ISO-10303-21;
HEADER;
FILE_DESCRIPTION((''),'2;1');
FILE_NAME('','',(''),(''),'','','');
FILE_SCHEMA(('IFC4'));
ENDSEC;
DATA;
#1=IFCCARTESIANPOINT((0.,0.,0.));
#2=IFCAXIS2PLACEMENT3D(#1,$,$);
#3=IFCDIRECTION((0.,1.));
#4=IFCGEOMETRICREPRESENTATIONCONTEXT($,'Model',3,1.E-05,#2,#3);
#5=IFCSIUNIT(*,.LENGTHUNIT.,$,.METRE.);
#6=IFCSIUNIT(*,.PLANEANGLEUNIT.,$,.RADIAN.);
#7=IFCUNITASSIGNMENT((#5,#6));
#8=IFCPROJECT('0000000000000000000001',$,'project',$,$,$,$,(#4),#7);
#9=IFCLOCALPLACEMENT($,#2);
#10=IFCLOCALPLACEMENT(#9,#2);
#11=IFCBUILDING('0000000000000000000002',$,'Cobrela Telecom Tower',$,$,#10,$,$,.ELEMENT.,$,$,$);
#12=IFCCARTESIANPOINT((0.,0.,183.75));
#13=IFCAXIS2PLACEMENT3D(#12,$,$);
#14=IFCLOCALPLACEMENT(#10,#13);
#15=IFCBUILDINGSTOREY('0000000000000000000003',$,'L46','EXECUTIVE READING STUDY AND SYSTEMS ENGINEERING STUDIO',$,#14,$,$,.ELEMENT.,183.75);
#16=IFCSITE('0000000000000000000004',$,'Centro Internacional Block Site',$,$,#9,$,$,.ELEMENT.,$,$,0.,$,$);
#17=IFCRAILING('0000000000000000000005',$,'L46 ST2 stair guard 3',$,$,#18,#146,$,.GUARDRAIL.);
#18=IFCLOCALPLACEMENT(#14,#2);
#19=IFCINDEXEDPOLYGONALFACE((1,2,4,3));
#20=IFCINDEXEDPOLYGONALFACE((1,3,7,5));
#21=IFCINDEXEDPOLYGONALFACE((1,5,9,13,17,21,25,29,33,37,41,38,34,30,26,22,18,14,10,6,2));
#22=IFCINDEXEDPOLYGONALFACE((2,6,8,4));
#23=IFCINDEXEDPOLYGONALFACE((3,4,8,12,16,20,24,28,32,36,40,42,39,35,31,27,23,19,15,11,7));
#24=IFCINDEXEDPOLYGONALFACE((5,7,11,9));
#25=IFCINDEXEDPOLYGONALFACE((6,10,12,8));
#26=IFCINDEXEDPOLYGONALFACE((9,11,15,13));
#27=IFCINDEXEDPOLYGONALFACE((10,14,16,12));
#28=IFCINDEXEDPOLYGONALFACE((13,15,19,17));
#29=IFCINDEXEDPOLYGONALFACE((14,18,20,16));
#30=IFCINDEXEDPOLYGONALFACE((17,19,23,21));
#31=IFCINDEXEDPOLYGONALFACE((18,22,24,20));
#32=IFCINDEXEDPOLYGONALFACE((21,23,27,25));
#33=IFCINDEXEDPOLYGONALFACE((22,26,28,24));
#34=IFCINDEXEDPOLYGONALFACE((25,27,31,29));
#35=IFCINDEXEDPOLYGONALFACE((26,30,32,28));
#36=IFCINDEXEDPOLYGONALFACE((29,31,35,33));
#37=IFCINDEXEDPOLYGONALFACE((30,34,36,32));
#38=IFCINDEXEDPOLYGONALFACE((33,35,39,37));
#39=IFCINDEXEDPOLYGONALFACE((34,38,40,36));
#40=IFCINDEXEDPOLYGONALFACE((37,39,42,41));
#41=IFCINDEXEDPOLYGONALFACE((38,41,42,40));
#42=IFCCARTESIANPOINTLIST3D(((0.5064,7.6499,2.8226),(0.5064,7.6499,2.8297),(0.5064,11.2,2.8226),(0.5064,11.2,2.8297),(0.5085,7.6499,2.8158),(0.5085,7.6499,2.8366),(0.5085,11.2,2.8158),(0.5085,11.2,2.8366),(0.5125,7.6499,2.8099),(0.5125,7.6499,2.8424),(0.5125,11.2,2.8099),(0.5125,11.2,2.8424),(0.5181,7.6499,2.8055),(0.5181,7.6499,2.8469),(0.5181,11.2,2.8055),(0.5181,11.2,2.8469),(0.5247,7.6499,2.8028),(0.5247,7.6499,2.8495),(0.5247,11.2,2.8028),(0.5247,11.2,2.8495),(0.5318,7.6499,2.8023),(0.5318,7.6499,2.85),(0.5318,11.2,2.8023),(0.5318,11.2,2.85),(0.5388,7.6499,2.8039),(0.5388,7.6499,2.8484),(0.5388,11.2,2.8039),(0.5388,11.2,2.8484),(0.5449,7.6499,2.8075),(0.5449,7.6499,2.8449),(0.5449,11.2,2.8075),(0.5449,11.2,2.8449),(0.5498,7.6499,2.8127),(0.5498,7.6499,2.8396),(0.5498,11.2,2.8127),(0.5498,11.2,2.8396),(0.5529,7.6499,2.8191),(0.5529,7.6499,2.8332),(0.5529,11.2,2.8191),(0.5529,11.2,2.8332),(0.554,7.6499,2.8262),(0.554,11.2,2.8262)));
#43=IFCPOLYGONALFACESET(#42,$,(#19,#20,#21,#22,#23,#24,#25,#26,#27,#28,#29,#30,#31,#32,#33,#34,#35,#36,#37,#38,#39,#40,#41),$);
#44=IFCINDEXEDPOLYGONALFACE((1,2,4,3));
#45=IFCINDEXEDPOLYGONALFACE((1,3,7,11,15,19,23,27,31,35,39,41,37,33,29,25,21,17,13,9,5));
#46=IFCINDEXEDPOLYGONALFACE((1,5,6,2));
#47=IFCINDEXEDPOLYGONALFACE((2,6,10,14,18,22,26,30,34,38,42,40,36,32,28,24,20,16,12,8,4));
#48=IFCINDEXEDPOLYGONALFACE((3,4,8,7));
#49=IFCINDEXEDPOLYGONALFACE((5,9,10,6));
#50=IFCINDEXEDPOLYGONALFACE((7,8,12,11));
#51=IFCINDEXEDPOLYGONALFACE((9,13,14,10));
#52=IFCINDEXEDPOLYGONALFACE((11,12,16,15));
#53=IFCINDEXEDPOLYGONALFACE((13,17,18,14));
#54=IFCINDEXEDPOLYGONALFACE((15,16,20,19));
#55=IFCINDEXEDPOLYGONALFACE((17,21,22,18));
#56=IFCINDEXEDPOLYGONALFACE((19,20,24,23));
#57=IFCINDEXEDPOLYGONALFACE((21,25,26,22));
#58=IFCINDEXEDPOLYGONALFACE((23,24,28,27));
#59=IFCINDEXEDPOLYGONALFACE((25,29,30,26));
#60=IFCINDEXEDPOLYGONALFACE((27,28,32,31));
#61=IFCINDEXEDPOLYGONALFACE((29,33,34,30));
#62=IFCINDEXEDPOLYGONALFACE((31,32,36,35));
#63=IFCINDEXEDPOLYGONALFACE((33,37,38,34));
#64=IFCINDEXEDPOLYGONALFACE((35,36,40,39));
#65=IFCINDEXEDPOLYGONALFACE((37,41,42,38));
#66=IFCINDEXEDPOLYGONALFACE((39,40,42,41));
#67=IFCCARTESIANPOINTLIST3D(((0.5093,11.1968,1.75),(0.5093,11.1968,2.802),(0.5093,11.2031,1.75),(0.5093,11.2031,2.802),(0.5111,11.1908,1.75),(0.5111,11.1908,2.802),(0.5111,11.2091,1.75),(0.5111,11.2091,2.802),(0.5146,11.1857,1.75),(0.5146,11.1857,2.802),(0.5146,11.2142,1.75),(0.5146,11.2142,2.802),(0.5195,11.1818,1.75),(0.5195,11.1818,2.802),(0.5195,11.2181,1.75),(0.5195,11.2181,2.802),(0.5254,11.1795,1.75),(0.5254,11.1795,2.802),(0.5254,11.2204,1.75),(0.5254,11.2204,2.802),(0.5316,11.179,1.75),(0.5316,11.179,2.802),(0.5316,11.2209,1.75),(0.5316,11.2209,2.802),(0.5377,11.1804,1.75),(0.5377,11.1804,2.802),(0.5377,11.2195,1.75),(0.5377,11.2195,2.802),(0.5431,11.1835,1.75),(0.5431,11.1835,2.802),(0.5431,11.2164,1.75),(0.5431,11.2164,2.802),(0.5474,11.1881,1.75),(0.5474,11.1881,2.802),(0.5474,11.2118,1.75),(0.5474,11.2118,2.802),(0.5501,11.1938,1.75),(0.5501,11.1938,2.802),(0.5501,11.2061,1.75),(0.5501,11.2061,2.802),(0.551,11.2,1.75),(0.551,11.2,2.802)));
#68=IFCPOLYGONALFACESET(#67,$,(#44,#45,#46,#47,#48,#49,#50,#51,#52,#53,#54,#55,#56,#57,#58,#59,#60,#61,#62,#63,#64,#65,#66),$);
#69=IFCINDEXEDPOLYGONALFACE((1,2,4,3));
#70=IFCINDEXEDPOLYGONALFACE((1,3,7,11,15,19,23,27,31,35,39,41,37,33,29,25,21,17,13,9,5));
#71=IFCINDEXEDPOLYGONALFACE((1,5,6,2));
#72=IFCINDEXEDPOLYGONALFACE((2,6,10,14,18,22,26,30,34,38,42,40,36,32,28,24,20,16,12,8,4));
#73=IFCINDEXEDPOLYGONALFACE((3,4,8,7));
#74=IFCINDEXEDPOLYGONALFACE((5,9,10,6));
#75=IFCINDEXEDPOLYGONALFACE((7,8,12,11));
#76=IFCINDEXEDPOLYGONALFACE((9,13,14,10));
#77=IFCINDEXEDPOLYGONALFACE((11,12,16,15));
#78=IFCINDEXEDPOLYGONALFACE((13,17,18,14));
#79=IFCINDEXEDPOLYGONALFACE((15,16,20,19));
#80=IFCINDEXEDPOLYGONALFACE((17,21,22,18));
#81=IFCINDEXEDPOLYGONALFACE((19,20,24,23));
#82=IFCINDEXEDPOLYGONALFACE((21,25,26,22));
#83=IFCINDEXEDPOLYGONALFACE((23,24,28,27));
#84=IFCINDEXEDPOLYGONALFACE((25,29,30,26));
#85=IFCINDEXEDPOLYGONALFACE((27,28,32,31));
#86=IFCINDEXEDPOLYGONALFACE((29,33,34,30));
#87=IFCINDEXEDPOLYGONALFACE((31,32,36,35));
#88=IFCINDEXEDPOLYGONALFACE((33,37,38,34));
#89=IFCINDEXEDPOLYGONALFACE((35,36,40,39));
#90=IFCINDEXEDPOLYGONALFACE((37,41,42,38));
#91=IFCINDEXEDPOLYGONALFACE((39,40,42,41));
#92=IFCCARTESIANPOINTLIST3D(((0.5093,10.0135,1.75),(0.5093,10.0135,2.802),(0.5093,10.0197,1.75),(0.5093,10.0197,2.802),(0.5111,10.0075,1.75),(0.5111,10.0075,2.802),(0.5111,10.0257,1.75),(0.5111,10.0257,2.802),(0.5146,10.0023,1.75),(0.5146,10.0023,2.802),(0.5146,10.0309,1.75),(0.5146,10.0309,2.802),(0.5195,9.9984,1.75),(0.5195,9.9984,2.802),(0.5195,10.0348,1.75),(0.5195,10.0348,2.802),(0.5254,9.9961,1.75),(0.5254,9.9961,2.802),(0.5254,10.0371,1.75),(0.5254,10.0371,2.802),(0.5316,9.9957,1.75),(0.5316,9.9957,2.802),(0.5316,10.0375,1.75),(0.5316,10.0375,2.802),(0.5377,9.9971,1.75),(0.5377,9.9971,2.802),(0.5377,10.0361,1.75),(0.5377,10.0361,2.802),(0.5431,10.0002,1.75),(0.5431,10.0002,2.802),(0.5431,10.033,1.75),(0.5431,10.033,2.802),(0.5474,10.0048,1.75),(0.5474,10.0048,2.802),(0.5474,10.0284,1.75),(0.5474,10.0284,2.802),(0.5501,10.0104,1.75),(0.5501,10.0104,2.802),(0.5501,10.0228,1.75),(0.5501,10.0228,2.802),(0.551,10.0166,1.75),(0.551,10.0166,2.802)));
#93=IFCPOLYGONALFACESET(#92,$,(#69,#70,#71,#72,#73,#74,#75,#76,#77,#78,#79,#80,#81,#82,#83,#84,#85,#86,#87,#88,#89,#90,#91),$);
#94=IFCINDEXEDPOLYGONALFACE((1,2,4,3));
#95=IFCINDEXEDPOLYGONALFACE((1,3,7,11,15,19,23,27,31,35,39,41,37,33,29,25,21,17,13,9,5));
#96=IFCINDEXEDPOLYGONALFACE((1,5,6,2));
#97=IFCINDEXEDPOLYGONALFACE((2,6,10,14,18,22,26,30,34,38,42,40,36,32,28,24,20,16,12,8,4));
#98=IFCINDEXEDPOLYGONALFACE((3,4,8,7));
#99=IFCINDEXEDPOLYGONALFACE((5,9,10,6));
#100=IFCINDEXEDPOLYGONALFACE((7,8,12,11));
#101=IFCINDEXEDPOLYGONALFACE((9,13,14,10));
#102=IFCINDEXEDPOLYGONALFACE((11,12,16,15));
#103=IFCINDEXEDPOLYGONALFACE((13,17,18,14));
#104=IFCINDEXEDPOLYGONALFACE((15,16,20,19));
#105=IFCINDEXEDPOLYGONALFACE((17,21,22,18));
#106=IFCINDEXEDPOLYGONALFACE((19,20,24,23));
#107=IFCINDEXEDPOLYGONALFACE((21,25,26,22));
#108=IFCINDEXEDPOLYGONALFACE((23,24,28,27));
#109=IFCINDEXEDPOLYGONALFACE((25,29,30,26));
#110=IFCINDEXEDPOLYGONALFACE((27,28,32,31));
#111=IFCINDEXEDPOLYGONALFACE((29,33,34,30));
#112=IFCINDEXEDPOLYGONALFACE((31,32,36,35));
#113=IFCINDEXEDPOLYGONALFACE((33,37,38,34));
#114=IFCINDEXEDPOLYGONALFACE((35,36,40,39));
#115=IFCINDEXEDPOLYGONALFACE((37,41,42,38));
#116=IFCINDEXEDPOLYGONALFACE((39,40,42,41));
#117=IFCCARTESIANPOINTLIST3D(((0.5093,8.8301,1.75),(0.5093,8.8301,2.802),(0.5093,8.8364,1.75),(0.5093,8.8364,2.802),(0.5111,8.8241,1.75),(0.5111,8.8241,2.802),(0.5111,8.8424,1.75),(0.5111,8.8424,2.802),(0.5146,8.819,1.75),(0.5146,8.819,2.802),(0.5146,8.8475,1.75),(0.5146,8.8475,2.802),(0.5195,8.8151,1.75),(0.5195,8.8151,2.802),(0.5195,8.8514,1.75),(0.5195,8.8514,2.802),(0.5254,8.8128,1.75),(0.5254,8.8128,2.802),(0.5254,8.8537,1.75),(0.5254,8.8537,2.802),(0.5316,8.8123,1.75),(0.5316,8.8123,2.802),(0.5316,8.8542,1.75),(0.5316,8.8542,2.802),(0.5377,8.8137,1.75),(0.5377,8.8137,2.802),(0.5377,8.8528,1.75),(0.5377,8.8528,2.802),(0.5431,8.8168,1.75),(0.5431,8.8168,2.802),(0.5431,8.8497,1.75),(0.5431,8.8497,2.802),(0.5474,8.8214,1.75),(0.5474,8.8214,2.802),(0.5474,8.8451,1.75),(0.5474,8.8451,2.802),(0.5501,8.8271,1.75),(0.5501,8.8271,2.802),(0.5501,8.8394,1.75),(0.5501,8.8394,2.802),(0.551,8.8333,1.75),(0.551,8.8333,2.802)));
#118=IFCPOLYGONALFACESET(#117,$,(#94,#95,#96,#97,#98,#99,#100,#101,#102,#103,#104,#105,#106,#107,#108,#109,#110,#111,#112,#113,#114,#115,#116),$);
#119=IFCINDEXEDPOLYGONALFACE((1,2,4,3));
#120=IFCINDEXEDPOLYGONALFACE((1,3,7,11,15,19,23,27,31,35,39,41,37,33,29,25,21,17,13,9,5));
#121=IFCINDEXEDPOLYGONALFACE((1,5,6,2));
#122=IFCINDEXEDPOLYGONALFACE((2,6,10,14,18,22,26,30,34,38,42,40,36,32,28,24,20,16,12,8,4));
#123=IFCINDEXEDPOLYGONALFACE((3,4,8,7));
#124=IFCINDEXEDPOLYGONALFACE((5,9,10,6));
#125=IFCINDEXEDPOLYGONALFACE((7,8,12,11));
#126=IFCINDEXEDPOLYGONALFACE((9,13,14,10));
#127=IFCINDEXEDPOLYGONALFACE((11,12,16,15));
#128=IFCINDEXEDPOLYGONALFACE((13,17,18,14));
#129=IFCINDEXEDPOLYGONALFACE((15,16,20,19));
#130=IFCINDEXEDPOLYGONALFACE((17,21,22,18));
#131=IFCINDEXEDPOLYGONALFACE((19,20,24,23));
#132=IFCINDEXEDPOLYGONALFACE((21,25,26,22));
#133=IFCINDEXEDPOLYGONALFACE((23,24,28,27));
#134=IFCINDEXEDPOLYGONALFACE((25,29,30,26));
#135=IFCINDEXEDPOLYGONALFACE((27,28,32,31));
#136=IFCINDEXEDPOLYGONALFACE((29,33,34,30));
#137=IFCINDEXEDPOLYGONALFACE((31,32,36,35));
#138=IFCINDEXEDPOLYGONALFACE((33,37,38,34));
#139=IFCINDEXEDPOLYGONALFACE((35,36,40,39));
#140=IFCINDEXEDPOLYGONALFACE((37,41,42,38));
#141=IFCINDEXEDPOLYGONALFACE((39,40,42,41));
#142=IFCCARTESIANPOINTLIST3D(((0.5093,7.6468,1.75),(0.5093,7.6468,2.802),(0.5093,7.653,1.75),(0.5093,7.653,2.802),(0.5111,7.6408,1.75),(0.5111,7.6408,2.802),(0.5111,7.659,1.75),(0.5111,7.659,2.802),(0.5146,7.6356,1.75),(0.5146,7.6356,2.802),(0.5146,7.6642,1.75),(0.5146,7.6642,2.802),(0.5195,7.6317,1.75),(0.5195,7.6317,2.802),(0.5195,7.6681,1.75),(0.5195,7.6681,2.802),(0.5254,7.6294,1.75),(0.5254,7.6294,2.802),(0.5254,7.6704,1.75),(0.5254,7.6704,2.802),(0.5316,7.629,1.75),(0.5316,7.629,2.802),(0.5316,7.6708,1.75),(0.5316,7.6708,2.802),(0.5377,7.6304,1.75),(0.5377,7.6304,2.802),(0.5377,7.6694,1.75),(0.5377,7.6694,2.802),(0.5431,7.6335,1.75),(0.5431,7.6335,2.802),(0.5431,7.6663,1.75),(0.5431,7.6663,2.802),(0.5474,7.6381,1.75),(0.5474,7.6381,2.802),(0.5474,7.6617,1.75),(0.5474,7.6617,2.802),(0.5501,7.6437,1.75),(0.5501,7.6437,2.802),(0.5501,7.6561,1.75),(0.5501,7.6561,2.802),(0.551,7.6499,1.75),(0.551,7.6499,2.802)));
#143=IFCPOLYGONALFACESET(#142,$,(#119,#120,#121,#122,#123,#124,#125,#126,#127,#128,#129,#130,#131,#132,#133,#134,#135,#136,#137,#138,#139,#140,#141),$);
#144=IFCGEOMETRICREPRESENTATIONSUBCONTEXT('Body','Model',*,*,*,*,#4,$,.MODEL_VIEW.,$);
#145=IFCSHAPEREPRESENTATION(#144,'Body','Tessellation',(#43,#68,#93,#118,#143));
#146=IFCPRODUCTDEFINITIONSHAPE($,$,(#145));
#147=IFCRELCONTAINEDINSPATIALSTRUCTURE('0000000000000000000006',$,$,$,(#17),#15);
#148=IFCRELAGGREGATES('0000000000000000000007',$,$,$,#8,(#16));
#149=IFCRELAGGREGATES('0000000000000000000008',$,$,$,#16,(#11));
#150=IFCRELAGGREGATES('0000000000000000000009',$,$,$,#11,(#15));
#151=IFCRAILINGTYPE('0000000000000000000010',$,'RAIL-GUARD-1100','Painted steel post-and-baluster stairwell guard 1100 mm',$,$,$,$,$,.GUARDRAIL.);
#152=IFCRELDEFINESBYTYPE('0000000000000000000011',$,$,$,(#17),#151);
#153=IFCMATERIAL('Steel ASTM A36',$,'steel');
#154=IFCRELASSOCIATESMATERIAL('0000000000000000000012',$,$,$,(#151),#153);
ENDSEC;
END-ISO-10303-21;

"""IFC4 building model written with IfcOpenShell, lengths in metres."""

from ifc_helpers import new_model, si_unit, direction, frame, origin, origin_2d, place, context, subcontext, project, spatial, circle, extrude, material, type_object, element, save


model = new_model("IFC4")

# Units and contexts
model_context = context("Model", 3, precision=1e-05, world=origin(), true_north=direction((0.0, 1.0)))
body_context = subcontext(model_context, "Body", "Model", "MODEL_VIEW")
ifc_project = project(units=[si_unit("LENGTHUNIT", "METRE"), si_unit("PLANEANGLEUNIT", "RADIAN")], contexts=[model_context])

# Site, building, storey
site_placement = place(None, origin())
site = spatial("IfcSite", under=ifc_project, at=site_placement, Name="Centro Internacional Block Site", CompositionType="ELEMENT", RefElevation=0.0)
building_placement = place(site_placement, origin())
building = spatial("IfcBuilding", under=site, at=building_placement, Name="Cobrela Telecom Tower", CompositionType="ELEMENT")
storey_placement = place(building_placement, frame((0.0, 0.0, 183.75)))
storey = spatial("IfcBuildingStorey", under=building, at=storey_placement, Name="L46", Description="EXECUTIVE READING STUDY AND SYSTEMS ENGINEERING STUDIO", CompositionType="ELEMENT", Elevation=183.75)

# Shared definitions
ifc_material_1 = material(Name="Steel ASTM A36", Category="steel")

# Railing
railing_type = type_object("IfcRailingType", Name="RAIL-GUARD-1100", Description="Painted steel post-and-baluster stairwell guard 1100 mm", PredefinedType="GUARDRAIL", material=ifc_material_1)
railing_1_placement = place(storey_placement, frame((0.53, 11.2, 1.75)))
element("IfcRailing", 1, at=railing_1_placement, inside=storey, type_object=railing_type, Name="L46 ST2 stair guard 3", PredefinedType="GUARDRAIL", context=body_context, shape_type="SweptSolid", body=[
    extrude(circle(Radius=0.0239, at=origin_2d()), frame((0.0, 0.0, 1.0762), z_axis=(0.0, -1.0, 0.0), x_axis=(1.0, 0.0, 0.0)), (0.0, 0.0, 1.0), 3.55),
    extrude(circle(Radius=0.021, at=origin_2d()), origin(), (0.0, 0.0, 1.0), 1.052),
    extrude(circle(Radius=0.021, at=origin_2d()), frame((0.0, -1.1833, 0.0)), (0.0, 0.0, 1.0), 1.052),
    extrude(circle(Radius=0.021, at=origin_2d()), frame((0.0, -2.3667, 0.0)), (0.0, 0.0, 1.0), 1.052),
    extrude(circle(Radius=0.021, at=origin_2d()), frame((0.0, -3.55, 0.0)), (0.0, 0.0, 1.0), 1.052),
])

save(model, "model.ifc")
